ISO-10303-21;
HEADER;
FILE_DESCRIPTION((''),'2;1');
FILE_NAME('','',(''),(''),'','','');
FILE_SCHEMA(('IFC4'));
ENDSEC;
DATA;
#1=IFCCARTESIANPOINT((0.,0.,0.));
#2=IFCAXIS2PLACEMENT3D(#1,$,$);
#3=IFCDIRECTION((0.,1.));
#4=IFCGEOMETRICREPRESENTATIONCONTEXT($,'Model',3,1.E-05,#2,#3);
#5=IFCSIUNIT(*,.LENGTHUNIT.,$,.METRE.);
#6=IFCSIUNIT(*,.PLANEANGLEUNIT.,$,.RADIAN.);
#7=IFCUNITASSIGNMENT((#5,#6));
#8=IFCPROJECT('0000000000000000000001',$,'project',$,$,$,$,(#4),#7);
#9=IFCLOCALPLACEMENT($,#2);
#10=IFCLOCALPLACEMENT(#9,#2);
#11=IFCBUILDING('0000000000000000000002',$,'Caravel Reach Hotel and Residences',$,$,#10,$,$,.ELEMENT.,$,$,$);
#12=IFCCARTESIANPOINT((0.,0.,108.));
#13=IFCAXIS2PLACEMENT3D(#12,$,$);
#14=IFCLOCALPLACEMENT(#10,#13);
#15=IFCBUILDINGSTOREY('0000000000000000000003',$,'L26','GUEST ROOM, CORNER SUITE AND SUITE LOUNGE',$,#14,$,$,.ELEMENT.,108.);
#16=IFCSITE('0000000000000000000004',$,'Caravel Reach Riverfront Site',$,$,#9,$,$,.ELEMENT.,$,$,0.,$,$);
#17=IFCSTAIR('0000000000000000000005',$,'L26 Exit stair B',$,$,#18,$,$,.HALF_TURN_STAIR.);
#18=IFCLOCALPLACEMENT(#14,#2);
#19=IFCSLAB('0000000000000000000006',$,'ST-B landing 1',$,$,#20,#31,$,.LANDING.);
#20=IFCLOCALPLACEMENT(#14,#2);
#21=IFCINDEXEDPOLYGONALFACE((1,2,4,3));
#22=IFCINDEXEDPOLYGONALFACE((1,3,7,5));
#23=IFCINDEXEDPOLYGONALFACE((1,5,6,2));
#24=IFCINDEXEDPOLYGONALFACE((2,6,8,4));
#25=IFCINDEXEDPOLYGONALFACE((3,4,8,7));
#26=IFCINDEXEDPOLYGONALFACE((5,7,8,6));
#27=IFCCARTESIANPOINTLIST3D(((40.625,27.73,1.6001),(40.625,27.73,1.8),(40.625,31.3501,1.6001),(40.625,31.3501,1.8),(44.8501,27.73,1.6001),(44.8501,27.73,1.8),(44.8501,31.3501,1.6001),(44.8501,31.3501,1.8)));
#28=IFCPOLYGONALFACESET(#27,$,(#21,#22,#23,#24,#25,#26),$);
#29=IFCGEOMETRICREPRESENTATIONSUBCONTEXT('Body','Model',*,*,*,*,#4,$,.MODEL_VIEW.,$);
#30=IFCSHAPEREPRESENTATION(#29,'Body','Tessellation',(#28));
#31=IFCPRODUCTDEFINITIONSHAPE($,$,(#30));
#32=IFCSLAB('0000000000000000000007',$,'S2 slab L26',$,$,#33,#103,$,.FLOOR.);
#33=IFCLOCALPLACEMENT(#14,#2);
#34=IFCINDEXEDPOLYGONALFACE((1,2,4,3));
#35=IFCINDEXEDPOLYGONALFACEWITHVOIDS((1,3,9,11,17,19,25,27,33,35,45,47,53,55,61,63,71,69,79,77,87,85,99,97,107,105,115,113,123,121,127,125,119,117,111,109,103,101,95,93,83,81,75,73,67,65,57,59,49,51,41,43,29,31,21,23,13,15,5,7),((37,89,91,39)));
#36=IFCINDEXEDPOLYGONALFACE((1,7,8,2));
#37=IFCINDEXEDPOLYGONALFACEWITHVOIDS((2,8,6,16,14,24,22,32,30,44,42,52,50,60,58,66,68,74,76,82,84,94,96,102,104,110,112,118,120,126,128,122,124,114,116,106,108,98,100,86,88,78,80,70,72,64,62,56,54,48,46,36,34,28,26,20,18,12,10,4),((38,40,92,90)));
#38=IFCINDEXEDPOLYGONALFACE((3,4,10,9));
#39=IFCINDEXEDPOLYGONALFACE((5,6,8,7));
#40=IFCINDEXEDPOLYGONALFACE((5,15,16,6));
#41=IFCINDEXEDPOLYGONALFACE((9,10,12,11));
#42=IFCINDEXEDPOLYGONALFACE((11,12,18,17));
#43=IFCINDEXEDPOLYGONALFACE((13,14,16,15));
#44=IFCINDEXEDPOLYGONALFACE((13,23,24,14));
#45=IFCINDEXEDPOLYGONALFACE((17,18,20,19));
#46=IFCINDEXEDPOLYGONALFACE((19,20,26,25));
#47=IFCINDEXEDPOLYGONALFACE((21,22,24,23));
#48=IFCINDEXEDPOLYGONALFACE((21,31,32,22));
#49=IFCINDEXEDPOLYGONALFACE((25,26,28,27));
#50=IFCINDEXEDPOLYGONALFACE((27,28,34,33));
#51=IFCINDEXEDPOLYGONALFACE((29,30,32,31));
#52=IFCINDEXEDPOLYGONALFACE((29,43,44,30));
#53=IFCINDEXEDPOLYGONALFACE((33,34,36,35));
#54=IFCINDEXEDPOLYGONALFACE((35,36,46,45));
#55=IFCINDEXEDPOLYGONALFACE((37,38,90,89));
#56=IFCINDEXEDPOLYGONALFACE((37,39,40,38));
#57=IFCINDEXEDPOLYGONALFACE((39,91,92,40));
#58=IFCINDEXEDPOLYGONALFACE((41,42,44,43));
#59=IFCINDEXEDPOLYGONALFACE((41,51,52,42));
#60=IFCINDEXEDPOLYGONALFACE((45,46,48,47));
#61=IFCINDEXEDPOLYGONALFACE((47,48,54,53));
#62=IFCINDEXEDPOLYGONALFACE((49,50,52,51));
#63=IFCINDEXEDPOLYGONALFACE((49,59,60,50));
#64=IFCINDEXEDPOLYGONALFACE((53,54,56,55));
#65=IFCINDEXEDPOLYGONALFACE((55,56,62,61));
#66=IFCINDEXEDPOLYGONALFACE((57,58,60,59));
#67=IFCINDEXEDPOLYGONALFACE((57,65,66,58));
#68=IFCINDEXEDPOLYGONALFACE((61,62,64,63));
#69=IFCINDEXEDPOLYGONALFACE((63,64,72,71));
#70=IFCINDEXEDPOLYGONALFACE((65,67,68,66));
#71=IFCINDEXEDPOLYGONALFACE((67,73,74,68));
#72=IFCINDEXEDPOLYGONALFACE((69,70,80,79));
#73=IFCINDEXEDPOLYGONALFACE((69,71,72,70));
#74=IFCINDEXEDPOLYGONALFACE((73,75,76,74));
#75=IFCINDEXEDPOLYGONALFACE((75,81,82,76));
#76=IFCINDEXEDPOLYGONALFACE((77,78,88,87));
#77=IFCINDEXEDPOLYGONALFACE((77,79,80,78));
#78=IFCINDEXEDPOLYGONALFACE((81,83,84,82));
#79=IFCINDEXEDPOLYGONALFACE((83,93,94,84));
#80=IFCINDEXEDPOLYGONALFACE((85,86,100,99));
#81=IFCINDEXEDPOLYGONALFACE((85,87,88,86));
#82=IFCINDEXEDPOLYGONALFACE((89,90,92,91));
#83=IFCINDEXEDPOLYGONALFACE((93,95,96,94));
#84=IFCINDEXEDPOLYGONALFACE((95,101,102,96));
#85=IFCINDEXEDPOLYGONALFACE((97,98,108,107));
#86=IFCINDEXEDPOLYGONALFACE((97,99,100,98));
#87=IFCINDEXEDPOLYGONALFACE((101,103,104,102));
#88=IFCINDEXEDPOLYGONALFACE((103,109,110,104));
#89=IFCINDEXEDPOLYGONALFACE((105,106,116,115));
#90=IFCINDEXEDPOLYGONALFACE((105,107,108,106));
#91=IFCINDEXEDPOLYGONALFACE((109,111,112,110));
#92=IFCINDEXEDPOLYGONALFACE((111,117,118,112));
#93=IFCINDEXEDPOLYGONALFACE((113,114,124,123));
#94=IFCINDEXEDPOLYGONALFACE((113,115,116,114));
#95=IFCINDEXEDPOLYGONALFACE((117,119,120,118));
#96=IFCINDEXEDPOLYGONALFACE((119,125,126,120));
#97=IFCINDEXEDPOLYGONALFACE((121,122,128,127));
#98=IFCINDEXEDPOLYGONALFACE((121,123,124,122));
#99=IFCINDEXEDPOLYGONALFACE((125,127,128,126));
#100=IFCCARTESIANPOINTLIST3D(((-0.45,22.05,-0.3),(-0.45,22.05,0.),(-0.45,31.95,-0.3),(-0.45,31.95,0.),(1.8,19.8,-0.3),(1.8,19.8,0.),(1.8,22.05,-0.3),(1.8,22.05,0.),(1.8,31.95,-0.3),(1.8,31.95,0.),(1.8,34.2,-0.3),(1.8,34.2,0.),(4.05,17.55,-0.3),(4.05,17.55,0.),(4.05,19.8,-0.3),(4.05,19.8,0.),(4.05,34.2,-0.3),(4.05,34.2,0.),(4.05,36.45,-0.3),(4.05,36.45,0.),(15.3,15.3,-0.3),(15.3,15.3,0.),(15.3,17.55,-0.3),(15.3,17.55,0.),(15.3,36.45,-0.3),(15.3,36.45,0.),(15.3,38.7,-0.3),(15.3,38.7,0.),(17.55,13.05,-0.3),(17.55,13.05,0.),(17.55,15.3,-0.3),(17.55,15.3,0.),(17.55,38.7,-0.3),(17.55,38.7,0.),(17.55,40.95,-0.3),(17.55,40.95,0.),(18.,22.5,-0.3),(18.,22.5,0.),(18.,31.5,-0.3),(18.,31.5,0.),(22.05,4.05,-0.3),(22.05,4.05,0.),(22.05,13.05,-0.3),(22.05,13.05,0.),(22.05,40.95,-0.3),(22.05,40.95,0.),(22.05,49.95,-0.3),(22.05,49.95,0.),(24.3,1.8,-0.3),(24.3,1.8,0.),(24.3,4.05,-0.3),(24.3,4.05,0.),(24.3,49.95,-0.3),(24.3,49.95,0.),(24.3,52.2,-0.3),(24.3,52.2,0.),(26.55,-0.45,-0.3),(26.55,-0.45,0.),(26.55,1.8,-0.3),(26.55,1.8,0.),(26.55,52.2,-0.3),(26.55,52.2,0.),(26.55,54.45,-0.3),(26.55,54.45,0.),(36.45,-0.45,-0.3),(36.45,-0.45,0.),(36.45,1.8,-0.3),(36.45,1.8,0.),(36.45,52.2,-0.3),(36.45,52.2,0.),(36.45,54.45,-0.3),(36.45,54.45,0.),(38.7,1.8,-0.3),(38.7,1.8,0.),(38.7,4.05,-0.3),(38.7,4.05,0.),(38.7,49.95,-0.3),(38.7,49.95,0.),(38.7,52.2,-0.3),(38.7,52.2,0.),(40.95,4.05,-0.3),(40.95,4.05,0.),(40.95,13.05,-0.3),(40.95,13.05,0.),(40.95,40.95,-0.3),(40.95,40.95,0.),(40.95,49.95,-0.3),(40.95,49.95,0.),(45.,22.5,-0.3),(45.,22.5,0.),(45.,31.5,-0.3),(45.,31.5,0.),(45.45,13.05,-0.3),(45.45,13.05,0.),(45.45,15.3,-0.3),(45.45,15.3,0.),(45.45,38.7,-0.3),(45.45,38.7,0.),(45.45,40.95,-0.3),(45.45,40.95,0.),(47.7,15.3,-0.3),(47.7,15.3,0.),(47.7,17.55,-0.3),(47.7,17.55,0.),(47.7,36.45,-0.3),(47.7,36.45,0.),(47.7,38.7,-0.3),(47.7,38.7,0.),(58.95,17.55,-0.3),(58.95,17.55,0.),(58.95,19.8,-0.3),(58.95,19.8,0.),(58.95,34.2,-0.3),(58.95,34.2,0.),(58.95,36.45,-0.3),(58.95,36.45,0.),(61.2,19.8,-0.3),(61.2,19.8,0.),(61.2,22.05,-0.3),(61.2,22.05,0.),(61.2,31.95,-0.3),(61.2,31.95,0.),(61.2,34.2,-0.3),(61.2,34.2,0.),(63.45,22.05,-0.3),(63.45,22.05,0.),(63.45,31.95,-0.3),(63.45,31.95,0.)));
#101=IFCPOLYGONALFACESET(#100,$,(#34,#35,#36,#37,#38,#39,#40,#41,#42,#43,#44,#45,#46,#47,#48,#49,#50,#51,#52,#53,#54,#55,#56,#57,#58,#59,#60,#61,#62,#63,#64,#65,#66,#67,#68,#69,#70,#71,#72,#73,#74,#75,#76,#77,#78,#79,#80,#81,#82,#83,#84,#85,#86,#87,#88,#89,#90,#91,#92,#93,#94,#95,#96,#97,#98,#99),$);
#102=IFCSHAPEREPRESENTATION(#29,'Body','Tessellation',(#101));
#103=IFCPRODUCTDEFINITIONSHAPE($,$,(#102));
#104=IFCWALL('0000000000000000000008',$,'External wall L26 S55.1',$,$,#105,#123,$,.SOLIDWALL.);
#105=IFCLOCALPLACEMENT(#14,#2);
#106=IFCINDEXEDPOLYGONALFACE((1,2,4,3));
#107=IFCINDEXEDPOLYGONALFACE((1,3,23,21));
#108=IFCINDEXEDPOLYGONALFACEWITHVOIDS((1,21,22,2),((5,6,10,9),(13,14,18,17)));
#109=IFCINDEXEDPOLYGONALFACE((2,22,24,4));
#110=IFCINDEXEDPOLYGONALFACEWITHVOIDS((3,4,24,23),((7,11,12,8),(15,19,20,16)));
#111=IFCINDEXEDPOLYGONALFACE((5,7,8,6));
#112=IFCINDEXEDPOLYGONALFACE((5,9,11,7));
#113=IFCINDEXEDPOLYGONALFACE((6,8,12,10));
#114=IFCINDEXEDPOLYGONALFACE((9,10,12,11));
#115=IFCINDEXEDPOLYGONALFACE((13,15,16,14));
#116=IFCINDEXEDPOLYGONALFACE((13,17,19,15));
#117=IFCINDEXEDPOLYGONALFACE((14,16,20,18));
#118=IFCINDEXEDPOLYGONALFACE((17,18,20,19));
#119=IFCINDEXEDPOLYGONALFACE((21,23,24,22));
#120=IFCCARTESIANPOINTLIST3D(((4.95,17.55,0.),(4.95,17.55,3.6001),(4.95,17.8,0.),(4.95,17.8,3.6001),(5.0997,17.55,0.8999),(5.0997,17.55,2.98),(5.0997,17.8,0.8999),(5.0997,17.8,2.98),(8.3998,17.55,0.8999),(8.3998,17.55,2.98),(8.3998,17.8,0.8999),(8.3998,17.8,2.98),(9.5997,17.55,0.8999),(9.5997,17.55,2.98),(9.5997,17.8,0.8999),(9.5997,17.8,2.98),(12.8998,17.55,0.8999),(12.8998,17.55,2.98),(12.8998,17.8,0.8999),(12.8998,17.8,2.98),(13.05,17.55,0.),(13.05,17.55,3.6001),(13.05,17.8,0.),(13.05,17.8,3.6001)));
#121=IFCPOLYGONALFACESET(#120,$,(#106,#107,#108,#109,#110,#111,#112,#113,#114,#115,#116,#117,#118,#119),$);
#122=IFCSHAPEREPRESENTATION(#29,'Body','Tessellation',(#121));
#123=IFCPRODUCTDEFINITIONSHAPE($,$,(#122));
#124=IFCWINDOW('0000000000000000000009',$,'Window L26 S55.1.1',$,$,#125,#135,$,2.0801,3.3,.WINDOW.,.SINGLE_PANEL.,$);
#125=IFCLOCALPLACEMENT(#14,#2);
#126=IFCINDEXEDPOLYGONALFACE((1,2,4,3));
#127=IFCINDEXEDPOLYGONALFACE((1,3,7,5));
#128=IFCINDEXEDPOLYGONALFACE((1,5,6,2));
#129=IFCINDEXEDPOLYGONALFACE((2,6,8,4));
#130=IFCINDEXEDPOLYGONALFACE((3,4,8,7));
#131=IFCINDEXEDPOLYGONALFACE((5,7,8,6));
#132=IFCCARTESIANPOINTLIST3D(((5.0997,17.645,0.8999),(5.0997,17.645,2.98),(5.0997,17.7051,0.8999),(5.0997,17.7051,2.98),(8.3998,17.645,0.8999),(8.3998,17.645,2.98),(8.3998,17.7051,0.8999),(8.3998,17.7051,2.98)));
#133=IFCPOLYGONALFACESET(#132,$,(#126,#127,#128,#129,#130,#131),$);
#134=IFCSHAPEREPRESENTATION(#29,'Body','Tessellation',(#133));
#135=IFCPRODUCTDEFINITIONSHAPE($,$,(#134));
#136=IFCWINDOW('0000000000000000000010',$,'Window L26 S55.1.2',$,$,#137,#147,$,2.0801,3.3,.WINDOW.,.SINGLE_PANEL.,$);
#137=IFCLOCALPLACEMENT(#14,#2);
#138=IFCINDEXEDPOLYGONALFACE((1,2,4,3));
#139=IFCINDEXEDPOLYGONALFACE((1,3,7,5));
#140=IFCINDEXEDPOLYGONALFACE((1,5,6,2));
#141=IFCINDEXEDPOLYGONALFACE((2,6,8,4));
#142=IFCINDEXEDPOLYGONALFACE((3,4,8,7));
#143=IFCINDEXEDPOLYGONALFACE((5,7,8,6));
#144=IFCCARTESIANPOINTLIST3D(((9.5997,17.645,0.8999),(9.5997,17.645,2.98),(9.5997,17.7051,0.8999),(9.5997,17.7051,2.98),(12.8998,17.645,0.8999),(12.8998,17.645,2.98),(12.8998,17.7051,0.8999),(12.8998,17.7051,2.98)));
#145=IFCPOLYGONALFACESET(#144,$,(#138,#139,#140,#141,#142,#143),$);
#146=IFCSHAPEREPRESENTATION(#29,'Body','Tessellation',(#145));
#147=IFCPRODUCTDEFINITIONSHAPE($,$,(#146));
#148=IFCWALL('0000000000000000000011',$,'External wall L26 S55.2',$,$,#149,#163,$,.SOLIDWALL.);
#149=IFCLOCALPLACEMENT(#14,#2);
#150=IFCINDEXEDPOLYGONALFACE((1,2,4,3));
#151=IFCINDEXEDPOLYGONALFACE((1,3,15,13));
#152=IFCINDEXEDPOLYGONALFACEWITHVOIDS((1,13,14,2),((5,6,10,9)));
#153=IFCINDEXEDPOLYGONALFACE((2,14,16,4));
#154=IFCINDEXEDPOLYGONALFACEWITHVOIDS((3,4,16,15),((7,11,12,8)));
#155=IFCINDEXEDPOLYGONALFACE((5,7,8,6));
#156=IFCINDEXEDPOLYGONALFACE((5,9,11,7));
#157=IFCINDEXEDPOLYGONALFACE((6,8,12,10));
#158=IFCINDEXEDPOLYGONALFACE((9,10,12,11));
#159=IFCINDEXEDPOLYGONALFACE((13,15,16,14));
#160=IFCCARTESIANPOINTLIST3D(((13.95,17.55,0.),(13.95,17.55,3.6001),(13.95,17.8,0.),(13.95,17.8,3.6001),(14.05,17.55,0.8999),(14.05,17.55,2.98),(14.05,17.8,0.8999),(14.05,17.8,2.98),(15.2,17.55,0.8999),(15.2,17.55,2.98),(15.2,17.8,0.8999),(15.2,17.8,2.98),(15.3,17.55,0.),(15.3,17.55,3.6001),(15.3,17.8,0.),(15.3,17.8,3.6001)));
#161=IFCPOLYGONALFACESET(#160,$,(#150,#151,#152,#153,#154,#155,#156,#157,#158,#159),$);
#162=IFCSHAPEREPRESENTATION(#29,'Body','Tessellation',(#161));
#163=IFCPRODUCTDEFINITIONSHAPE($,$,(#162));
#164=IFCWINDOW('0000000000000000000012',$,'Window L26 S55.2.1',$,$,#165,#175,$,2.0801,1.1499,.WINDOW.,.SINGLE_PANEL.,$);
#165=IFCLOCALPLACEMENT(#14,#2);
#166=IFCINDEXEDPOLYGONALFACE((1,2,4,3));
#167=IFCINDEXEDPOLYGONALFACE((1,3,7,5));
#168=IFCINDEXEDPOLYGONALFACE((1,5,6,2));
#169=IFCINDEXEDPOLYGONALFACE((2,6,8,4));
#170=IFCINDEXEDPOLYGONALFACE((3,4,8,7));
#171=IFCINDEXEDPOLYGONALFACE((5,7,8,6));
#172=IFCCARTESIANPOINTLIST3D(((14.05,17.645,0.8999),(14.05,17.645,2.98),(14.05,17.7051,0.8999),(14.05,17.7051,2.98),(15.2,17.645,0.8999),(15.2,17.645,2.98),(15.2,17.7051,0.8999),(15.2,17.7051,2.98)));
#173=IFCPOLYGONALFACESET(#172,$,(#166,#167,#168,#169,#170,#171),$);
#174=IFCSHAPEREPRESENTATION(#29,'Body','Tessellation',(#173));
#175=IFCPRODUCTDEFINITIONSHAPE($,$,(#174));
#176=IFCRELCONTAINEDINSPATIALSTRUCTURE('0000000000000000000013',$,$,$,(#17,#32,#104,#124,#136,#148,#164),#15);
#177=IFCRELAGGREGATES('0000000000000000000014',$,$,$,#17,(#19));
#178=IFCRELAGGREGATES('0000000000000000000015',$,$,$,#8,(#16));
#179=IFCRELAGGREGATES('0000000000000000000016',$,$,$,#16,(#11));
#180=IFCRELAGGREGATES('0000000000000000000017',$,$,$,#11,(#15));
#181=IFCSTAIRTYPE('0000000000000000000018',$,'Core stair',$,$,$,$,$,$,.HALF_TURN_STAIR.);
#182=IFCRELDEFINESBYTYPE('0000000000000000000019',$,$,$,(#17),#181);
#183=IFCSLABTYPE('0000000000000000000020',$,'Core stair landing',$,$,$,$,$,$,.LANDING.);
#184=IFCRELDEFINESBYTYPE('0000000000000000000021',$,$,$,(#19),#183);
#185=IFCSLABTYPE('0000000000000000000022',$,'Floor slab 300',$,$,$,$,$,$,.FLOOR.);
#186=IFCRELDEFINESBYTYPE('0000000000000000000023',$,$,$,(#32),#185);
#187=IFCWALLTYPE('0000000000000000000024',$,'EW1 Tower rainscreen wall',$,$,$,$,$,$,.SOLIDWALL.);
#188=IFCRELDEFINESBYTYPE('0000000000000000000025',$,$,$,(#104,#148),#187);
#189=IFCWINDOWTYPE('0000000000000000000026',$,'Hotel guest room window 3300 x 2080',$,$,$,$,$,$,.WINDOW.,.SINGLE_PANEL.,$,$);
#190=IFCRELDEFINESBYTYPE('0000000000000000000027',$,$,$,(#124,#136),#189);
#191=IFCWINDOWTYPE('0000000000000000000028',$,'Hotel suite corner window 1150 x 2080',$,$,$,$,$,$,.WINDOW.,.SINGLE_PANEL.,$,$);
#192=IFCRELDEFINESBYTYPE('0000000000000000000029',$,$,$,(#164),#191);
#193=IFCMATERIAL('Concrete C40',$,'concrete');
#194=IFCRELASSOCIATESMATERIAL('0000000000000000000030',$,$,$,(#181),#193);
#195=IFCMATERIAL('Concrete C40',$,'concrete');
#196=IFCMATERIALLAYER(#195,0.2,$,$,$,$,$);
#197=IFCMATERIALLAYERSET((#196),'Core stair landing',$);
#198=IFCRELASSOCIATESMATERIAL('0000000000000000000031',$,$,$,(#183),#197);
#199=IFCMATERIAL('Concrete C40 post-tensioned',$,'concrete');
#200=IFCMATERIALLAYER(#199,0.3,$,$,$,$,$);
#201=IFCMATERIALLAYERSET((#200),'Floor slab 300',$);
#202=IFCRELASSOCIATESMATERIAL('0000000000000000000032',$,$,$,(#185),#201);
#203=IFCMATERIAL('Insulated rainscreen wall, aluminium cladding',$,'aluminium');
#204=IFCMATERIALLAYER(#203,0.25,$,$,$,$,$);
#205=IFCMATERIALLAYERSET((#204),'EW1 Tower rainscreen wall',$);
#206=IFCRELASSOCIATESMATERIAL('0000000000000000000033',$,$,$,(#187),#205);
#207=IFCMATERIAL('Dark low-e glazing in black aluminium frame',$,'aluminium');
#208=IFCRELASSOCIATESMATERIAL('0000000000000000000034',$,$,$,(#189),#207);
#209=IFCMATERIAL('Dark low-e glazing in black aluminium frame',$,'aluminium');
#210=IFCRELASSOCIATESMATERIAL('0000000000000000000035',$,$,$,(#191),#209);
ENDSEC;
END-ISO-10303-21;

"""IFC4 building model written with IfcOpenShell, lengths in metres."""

from ifc_helpers import new_model, si_unit, direction, frame, frame_2d, origin, place, context, subcontext, project, spatial, polyline, rectangle, outline, extrude, material, layer, layer_set, type_object, element, fill, aggregate, save


model = new_model("IFC4")

# Units and contexts
model_context = context("Model", 3, precision=1e-05, world=origin(), true_north=direction((0.0, 1.0)))
body_context = subcontext(model_context, "Body", "Model", "MODEL_VIEW")
ifc_project = project(units=[si_unit("LENGTHUNIT", "METRE"), si_unit("PLANEANGLEUNIT", "RADIAN")], contexts=[model_context])

# Site, building, storey
site_placement = place(None, origin())
site = spatial("IfcSite", under=ifc_project, at=site_placement, Name="Caravel Reach Riverfront Site", CompositionType="ELEMENT", RefElevation=0.0)
building_placement = place(site_placement, origin())
building = spatial("IfcBuilding", under=site, at=building_placement, Name="Caravel Reach Hotel and Residences", CompositionType="ELEMENT")
storey_placement = place(building_placement, frame((0.0, 0.0, 108.0)))
storey = spatial("IfcBuildingStorey", under=building, at=storey_placement, Name="L26", Description="GUEST ROOM, CORNER SUITE AND SUITE LOUNGE", CompositionType="ELEMENT", Elevation=108.0)

# Stair, slab
ifc_material_1 = material(Name="Concrete C40", Category="concrete")
stair_type = type_object("IfcStairType", Name="Core stair", PredefinedType="HALF_TURN_STAIR", material=ifc_material_1)
ifc_material_2 = material(Name="Concrete C40", Category="concrete")
ifc_layer_1 = layer(ifc_material_2, 0.2)
ifc_layer_set_1 = layer_set([ifc_layer_1], Name="Core stair landing")
slab_type_1 = type_object("IfcSlabType", Name="Core stair landing", PredefinedType="LANDING", material=ifc_layer_set_1)
stair_1_placement = place(storey_placement, origin())
stair_1 = element("IfcStair", 1, at=stair_1_placement, inside=storey, type_object=stair_type, Name="L26 Exit stair B", PredefinedType="HALF_TURN_STAIR")
slab_1_placement = place(storey_placement, frame((0.0, 0.0, 1.6001)))
slab_1 = element("IfcSlab", 2, at=slab_1_placement, type_object=slab_type_1, Name="ST-B landing 1", PredefinedType="LANDING", context=body_context, shape_type="SweptSolid", body=[
    extrude(outline(polyline([(44.8501, 27.73), (44.8501, 31.3501), (40.625, 31.3501), (40.625, 27.73), (44.8501, 27.73)])), origin(), (0.0, 0.0, 1.0), 0.2),
])
aggregate(stair_1, [slab_1])

# Slab
ifc_material_3 = material(Name="Concrete C40 post-tensioned", Category="concrete")
ifc_layer_2 = layer(ifc_material_3, 0.3)
ifc_layer_set_2 = layer_set([ifc_layer_2], Name="Floor slab 300")
slab_type_2 = type_object("IfcSlabType", Name="Floor slab 300", PredefinedType="FLOOR", material=ifc_layer_set_2)
slab_2_placement = place(storey_placement, frame((0.0, 0.0, -0.3)))
element("IfcSlab", 3, at=slab_2_placement, inside=storey, type_object=slab_type_2, Name="S2 slab L26", PredefinedType="FLOOR", context=body_context, shape_type="SweptSolid", body=[
    extrude(outline(polyline([(17.55, 13.05), (17.55, 15.3), (15.3, 15.3), (15.3, 17.55), (4.05, 17.55), (4.05, 19.8), (1.8, 19.8), (1.8, 22.05), (-0.45, 22.05), (-0.45, 31.95), (1.8, 31.95), (1.8, 34.2), (4.05, 34.2), (4.05, 36.45), (15.3, 36.45), (15.3, 38.7), (17.55, 38.7), (17.55, 40.95), (22.05, 40.95), (22.05, 49.95), (24.3, 49.95), (24.3, 52.2), (26.55, 52.2), (26.55, 54.45), (36.45, 54.45), (36.45, 52.2), (38.7, 52.2), (38.7, 49.95), (40.95, 49.95), (40.95, 40.95), (45.45, 40.95), (45.45, 38.7), (47.7, 38.7), (47.7, 36.45), (58.95, 36.45), (58.95, 34.2), (61.2, 34.2), (61.2, 31.95), (63.45, 31.95), (63.45, 22.05), (61.2, 22.05), (61.2, 19.8), (58.95, 19.8), (58.95, 17.55), (47.7, 17.55), (47.7, 15.3), (45.45, 15.3), (45.45, 13.05), (40.95, 13.05), (40.95, 4.05), (38.7, 4.05), (38.7, 1.8), (36.45, 1.8), (36.45, -0.45), (26.55, -0.45), (26.55, 1.8), (24.3, 1.8), (24.3, 4.05), (22.05, 4.05), (22.05, 13.05), (17.55, 13.05)]), holes=[polyline([(45.0, 31.5), (18.0, 31.5), (18.0, 22.5), (45.0, 22.5), (45.0, 31.5)])]), origin(), (0.0, 0.0, 1.0), 0.3),
])

# Wall, openings, windows
ifc_material_4 = material(Name="Insulated rainscreen wall, aluminium cladding", Category="aluminium")
ifc_layer_3 = layer(ifc_material_4, 0.25)
ifc_layer_set_3 = layer_set([ifc_layer_3], Name="EW1 Tower rainscreen wall")
wall_type_1 = type_object("IfcWallType", Name="EW1 Tower rainscreen wall", PredefinedType="SOLIDWALL", material=ifc_layer_set_3)
wall_1_placement = place(storey_placement, frame((4.95, 17.675, 0.0), z_axis=(0.0, 0.0, 1.0), x_axis=(1.0, 0.0, 0.0)))
wall_1 = element("IfcWall", 4, at=wall_1_placement, inside=storey, type_object=wall_type_1, Name="External wall L26 S55.1", PredefinedType="SOLIDWALL", context=body_context, shape_type="SweptSolid", body=[
    extrude(rectangle(XDim=8.1001, YDim=0.25, at=frame_2d((4.05, 0.0))), origin(), (0.0, 0.0, 1.0), 3.6001),
])
opening_1_placement = place(wall_1_placement, frame((0.1499, 0.0, 0.8999)))
opening_1 = element("IfcOpeningElement", 5, at=opening_1_placement, cuts=wall_1, PredefinedType="OPENING", context=body_context, shape_type="SweptSolid", body=[
    extrude(rectangle(XDim=3.3, YDim=2.0801, at=frame_2d((1.6499, 1.04))), frame((0.0, 0.135, 0.0), z_axis=(0.0, -1.0, 0.0), x_axis=(1.0, 0.0, 0.0)), (0.0, 0.0, 1.0), 0.27),
])
opening_2_placement = place(wall_1_placement, frame((4.6499, 0.0, 0.8999)))
opening_2 = element("IfcOpeningElement", 6, at=opening_2_placement, cuts=wall_1, PredefinedType="OPENING", context=body_context, shape_type="SweptSolid", body=[
    extrude(rectangle(XDim=3.3, YDim=2.0801, at=frame_2d((1.6499, 1.04))), frame((0.0, 0.135, 0.0), z_axis=(0.0, -1.0, 0.0), x_axis=(1.0, 0.0, 0.0)), (0.0, 0.0, 1.0), 0.27),
])
ifc_material_5 = material(Name="Dark low-e glazing in black aluminium frame", Category="aluminium")
window_type_1 = type_object("IfcWindowType", Name="Hotel guest room window 3300 x 2080", PartitioningType="SINGLE_PANEL", PredefinedType="WINDOW", material=ifc_material_5)
window_1_placement = place(opening_1_placement, origin())
window_1 = element("IfcWindow", 7, at=window_1_placement, inside=storey, type_object=window_type_1, Name="Window L26 S55.1.1", OverallHeight=2.0801, OverallWidth=3.3, PartitioningType="SINGLE_PANEL", PredefinedType="WINDOW", context=body_context, shape_type="SweptSolid", body=[
    extrude(rectangle(XDim=3.3, YDim=2.0801, at=frame_2d((1.6499, 1.04))), frame((0.0, 0.03, 0.0), z_axis=(0.0, -1.0, 0.0), x_axis=(1.0, 0.0, 0.0)), (0.0, 0.0, 1.0), 0.0601),
])
fill(opening_1, window_1)
window_2_placement = place(opening_2_placement, origin())
window_2 = element("IfcWindow", 8, at=window_2_placement, inside=storey, type_object=window_type_1, Name="Window L26 S55.1.2", OverallHeight=2.0801, OverallWidth=3.3, PartitioningType="SINGLE_PANEL", PredefinedType="WINDOW", context=body_context, shape_type="SweptSolid", body=[
    extrude(rectangle(XDim=3.3, YDim=2.0801, at=frame_2d((1.6499, 1.04))), frame((0.0, 0.03, 0.0), z_axis=(0.0, -1.0, 0.0), x_axis=(1.0, 0.0, 0.0)), (0.0, 0.0, 1.0), 0.0601),
])
fill(opening_2, window_2)

# Wall, opening, window
wall_2_placement = place(storey_placement, frame((13.95, 17.675, 0.0), z_axis=(0.0, 0.0, 1.0), x_axis=(1.0, 0.0, 0.0)))
wall_2 = element("IfcWall", 9, at=wall_2_placement, inside=storey, type_object=wall_type_1, Name="External wall L26 S55.2", PredefinedType="SOLIDWALL", context=body_context, shape_type="SweptSolid", body=[
    extrude(rectangle(XDim=1.3501, YDim=0.25, at=frame_2d((0.675, 0.0))), origin(), (0.0, 0.0, 1.0), 3.6001),
])
opening_3_placement = place(wall_2_placement, frame((0.1001, 0.0, 0.8999)))
opening_3 = element("IfcOpeningElement", 10, at=opening_3_placement, cuts=wall_2, PredefinedType="OPENING", context=body_context, shape_type="SweptSolid", body=[
    extrude(rectangle(XDim=1.1499, YDim=2.0801, at=frame_2d((0.575, 1.04))), frame((0.0, 0.135, 0.0), z_axis=(0.0, -1.0, 0.0), x_axis=(1.0, 0.0, 0.0)), (0.0, 0.0, 1.0), 0.27),
])
ifc_material_6 = material(Name="Dark low-e glazing in black aluminium frame", Category="aluminium")
window_type_2 = type_object("IfcWindowType", Name="Hotel suite corner window 1150 x 2080", PartitioningType="SINGLE_PANEL", PredefinedType="WINDOW", material=ifc_material_6)
window_3_placement = place(opening_3_placement, origin())
window_3 = element("IfcWindow", 11, at=window_3_placement, inside=storey, type_object=window_type_2, Name="Window L26 S55.2.1", OverallHeight=2.0801, OverallWidth=1.1499, PartitioningType="SINGLE_PANEL", PredefinedType="WINDOW", context=body_context, shape_type="SweptSolid", body=[
    extrude(rectangle(XDim=1.1499, YDim=2.0801, at=frame_2d((0.575, 1.04))), frame((0.0, 0.03, 0.0), z_axis=(0.0, -1.0, 0.0), x_axis=(1.0, 0.0, 0.0)), (0.0, 0.0, 1.0), 0.0601),
])
fill(opening_3, window_3)

save(model, "model.ifc")
